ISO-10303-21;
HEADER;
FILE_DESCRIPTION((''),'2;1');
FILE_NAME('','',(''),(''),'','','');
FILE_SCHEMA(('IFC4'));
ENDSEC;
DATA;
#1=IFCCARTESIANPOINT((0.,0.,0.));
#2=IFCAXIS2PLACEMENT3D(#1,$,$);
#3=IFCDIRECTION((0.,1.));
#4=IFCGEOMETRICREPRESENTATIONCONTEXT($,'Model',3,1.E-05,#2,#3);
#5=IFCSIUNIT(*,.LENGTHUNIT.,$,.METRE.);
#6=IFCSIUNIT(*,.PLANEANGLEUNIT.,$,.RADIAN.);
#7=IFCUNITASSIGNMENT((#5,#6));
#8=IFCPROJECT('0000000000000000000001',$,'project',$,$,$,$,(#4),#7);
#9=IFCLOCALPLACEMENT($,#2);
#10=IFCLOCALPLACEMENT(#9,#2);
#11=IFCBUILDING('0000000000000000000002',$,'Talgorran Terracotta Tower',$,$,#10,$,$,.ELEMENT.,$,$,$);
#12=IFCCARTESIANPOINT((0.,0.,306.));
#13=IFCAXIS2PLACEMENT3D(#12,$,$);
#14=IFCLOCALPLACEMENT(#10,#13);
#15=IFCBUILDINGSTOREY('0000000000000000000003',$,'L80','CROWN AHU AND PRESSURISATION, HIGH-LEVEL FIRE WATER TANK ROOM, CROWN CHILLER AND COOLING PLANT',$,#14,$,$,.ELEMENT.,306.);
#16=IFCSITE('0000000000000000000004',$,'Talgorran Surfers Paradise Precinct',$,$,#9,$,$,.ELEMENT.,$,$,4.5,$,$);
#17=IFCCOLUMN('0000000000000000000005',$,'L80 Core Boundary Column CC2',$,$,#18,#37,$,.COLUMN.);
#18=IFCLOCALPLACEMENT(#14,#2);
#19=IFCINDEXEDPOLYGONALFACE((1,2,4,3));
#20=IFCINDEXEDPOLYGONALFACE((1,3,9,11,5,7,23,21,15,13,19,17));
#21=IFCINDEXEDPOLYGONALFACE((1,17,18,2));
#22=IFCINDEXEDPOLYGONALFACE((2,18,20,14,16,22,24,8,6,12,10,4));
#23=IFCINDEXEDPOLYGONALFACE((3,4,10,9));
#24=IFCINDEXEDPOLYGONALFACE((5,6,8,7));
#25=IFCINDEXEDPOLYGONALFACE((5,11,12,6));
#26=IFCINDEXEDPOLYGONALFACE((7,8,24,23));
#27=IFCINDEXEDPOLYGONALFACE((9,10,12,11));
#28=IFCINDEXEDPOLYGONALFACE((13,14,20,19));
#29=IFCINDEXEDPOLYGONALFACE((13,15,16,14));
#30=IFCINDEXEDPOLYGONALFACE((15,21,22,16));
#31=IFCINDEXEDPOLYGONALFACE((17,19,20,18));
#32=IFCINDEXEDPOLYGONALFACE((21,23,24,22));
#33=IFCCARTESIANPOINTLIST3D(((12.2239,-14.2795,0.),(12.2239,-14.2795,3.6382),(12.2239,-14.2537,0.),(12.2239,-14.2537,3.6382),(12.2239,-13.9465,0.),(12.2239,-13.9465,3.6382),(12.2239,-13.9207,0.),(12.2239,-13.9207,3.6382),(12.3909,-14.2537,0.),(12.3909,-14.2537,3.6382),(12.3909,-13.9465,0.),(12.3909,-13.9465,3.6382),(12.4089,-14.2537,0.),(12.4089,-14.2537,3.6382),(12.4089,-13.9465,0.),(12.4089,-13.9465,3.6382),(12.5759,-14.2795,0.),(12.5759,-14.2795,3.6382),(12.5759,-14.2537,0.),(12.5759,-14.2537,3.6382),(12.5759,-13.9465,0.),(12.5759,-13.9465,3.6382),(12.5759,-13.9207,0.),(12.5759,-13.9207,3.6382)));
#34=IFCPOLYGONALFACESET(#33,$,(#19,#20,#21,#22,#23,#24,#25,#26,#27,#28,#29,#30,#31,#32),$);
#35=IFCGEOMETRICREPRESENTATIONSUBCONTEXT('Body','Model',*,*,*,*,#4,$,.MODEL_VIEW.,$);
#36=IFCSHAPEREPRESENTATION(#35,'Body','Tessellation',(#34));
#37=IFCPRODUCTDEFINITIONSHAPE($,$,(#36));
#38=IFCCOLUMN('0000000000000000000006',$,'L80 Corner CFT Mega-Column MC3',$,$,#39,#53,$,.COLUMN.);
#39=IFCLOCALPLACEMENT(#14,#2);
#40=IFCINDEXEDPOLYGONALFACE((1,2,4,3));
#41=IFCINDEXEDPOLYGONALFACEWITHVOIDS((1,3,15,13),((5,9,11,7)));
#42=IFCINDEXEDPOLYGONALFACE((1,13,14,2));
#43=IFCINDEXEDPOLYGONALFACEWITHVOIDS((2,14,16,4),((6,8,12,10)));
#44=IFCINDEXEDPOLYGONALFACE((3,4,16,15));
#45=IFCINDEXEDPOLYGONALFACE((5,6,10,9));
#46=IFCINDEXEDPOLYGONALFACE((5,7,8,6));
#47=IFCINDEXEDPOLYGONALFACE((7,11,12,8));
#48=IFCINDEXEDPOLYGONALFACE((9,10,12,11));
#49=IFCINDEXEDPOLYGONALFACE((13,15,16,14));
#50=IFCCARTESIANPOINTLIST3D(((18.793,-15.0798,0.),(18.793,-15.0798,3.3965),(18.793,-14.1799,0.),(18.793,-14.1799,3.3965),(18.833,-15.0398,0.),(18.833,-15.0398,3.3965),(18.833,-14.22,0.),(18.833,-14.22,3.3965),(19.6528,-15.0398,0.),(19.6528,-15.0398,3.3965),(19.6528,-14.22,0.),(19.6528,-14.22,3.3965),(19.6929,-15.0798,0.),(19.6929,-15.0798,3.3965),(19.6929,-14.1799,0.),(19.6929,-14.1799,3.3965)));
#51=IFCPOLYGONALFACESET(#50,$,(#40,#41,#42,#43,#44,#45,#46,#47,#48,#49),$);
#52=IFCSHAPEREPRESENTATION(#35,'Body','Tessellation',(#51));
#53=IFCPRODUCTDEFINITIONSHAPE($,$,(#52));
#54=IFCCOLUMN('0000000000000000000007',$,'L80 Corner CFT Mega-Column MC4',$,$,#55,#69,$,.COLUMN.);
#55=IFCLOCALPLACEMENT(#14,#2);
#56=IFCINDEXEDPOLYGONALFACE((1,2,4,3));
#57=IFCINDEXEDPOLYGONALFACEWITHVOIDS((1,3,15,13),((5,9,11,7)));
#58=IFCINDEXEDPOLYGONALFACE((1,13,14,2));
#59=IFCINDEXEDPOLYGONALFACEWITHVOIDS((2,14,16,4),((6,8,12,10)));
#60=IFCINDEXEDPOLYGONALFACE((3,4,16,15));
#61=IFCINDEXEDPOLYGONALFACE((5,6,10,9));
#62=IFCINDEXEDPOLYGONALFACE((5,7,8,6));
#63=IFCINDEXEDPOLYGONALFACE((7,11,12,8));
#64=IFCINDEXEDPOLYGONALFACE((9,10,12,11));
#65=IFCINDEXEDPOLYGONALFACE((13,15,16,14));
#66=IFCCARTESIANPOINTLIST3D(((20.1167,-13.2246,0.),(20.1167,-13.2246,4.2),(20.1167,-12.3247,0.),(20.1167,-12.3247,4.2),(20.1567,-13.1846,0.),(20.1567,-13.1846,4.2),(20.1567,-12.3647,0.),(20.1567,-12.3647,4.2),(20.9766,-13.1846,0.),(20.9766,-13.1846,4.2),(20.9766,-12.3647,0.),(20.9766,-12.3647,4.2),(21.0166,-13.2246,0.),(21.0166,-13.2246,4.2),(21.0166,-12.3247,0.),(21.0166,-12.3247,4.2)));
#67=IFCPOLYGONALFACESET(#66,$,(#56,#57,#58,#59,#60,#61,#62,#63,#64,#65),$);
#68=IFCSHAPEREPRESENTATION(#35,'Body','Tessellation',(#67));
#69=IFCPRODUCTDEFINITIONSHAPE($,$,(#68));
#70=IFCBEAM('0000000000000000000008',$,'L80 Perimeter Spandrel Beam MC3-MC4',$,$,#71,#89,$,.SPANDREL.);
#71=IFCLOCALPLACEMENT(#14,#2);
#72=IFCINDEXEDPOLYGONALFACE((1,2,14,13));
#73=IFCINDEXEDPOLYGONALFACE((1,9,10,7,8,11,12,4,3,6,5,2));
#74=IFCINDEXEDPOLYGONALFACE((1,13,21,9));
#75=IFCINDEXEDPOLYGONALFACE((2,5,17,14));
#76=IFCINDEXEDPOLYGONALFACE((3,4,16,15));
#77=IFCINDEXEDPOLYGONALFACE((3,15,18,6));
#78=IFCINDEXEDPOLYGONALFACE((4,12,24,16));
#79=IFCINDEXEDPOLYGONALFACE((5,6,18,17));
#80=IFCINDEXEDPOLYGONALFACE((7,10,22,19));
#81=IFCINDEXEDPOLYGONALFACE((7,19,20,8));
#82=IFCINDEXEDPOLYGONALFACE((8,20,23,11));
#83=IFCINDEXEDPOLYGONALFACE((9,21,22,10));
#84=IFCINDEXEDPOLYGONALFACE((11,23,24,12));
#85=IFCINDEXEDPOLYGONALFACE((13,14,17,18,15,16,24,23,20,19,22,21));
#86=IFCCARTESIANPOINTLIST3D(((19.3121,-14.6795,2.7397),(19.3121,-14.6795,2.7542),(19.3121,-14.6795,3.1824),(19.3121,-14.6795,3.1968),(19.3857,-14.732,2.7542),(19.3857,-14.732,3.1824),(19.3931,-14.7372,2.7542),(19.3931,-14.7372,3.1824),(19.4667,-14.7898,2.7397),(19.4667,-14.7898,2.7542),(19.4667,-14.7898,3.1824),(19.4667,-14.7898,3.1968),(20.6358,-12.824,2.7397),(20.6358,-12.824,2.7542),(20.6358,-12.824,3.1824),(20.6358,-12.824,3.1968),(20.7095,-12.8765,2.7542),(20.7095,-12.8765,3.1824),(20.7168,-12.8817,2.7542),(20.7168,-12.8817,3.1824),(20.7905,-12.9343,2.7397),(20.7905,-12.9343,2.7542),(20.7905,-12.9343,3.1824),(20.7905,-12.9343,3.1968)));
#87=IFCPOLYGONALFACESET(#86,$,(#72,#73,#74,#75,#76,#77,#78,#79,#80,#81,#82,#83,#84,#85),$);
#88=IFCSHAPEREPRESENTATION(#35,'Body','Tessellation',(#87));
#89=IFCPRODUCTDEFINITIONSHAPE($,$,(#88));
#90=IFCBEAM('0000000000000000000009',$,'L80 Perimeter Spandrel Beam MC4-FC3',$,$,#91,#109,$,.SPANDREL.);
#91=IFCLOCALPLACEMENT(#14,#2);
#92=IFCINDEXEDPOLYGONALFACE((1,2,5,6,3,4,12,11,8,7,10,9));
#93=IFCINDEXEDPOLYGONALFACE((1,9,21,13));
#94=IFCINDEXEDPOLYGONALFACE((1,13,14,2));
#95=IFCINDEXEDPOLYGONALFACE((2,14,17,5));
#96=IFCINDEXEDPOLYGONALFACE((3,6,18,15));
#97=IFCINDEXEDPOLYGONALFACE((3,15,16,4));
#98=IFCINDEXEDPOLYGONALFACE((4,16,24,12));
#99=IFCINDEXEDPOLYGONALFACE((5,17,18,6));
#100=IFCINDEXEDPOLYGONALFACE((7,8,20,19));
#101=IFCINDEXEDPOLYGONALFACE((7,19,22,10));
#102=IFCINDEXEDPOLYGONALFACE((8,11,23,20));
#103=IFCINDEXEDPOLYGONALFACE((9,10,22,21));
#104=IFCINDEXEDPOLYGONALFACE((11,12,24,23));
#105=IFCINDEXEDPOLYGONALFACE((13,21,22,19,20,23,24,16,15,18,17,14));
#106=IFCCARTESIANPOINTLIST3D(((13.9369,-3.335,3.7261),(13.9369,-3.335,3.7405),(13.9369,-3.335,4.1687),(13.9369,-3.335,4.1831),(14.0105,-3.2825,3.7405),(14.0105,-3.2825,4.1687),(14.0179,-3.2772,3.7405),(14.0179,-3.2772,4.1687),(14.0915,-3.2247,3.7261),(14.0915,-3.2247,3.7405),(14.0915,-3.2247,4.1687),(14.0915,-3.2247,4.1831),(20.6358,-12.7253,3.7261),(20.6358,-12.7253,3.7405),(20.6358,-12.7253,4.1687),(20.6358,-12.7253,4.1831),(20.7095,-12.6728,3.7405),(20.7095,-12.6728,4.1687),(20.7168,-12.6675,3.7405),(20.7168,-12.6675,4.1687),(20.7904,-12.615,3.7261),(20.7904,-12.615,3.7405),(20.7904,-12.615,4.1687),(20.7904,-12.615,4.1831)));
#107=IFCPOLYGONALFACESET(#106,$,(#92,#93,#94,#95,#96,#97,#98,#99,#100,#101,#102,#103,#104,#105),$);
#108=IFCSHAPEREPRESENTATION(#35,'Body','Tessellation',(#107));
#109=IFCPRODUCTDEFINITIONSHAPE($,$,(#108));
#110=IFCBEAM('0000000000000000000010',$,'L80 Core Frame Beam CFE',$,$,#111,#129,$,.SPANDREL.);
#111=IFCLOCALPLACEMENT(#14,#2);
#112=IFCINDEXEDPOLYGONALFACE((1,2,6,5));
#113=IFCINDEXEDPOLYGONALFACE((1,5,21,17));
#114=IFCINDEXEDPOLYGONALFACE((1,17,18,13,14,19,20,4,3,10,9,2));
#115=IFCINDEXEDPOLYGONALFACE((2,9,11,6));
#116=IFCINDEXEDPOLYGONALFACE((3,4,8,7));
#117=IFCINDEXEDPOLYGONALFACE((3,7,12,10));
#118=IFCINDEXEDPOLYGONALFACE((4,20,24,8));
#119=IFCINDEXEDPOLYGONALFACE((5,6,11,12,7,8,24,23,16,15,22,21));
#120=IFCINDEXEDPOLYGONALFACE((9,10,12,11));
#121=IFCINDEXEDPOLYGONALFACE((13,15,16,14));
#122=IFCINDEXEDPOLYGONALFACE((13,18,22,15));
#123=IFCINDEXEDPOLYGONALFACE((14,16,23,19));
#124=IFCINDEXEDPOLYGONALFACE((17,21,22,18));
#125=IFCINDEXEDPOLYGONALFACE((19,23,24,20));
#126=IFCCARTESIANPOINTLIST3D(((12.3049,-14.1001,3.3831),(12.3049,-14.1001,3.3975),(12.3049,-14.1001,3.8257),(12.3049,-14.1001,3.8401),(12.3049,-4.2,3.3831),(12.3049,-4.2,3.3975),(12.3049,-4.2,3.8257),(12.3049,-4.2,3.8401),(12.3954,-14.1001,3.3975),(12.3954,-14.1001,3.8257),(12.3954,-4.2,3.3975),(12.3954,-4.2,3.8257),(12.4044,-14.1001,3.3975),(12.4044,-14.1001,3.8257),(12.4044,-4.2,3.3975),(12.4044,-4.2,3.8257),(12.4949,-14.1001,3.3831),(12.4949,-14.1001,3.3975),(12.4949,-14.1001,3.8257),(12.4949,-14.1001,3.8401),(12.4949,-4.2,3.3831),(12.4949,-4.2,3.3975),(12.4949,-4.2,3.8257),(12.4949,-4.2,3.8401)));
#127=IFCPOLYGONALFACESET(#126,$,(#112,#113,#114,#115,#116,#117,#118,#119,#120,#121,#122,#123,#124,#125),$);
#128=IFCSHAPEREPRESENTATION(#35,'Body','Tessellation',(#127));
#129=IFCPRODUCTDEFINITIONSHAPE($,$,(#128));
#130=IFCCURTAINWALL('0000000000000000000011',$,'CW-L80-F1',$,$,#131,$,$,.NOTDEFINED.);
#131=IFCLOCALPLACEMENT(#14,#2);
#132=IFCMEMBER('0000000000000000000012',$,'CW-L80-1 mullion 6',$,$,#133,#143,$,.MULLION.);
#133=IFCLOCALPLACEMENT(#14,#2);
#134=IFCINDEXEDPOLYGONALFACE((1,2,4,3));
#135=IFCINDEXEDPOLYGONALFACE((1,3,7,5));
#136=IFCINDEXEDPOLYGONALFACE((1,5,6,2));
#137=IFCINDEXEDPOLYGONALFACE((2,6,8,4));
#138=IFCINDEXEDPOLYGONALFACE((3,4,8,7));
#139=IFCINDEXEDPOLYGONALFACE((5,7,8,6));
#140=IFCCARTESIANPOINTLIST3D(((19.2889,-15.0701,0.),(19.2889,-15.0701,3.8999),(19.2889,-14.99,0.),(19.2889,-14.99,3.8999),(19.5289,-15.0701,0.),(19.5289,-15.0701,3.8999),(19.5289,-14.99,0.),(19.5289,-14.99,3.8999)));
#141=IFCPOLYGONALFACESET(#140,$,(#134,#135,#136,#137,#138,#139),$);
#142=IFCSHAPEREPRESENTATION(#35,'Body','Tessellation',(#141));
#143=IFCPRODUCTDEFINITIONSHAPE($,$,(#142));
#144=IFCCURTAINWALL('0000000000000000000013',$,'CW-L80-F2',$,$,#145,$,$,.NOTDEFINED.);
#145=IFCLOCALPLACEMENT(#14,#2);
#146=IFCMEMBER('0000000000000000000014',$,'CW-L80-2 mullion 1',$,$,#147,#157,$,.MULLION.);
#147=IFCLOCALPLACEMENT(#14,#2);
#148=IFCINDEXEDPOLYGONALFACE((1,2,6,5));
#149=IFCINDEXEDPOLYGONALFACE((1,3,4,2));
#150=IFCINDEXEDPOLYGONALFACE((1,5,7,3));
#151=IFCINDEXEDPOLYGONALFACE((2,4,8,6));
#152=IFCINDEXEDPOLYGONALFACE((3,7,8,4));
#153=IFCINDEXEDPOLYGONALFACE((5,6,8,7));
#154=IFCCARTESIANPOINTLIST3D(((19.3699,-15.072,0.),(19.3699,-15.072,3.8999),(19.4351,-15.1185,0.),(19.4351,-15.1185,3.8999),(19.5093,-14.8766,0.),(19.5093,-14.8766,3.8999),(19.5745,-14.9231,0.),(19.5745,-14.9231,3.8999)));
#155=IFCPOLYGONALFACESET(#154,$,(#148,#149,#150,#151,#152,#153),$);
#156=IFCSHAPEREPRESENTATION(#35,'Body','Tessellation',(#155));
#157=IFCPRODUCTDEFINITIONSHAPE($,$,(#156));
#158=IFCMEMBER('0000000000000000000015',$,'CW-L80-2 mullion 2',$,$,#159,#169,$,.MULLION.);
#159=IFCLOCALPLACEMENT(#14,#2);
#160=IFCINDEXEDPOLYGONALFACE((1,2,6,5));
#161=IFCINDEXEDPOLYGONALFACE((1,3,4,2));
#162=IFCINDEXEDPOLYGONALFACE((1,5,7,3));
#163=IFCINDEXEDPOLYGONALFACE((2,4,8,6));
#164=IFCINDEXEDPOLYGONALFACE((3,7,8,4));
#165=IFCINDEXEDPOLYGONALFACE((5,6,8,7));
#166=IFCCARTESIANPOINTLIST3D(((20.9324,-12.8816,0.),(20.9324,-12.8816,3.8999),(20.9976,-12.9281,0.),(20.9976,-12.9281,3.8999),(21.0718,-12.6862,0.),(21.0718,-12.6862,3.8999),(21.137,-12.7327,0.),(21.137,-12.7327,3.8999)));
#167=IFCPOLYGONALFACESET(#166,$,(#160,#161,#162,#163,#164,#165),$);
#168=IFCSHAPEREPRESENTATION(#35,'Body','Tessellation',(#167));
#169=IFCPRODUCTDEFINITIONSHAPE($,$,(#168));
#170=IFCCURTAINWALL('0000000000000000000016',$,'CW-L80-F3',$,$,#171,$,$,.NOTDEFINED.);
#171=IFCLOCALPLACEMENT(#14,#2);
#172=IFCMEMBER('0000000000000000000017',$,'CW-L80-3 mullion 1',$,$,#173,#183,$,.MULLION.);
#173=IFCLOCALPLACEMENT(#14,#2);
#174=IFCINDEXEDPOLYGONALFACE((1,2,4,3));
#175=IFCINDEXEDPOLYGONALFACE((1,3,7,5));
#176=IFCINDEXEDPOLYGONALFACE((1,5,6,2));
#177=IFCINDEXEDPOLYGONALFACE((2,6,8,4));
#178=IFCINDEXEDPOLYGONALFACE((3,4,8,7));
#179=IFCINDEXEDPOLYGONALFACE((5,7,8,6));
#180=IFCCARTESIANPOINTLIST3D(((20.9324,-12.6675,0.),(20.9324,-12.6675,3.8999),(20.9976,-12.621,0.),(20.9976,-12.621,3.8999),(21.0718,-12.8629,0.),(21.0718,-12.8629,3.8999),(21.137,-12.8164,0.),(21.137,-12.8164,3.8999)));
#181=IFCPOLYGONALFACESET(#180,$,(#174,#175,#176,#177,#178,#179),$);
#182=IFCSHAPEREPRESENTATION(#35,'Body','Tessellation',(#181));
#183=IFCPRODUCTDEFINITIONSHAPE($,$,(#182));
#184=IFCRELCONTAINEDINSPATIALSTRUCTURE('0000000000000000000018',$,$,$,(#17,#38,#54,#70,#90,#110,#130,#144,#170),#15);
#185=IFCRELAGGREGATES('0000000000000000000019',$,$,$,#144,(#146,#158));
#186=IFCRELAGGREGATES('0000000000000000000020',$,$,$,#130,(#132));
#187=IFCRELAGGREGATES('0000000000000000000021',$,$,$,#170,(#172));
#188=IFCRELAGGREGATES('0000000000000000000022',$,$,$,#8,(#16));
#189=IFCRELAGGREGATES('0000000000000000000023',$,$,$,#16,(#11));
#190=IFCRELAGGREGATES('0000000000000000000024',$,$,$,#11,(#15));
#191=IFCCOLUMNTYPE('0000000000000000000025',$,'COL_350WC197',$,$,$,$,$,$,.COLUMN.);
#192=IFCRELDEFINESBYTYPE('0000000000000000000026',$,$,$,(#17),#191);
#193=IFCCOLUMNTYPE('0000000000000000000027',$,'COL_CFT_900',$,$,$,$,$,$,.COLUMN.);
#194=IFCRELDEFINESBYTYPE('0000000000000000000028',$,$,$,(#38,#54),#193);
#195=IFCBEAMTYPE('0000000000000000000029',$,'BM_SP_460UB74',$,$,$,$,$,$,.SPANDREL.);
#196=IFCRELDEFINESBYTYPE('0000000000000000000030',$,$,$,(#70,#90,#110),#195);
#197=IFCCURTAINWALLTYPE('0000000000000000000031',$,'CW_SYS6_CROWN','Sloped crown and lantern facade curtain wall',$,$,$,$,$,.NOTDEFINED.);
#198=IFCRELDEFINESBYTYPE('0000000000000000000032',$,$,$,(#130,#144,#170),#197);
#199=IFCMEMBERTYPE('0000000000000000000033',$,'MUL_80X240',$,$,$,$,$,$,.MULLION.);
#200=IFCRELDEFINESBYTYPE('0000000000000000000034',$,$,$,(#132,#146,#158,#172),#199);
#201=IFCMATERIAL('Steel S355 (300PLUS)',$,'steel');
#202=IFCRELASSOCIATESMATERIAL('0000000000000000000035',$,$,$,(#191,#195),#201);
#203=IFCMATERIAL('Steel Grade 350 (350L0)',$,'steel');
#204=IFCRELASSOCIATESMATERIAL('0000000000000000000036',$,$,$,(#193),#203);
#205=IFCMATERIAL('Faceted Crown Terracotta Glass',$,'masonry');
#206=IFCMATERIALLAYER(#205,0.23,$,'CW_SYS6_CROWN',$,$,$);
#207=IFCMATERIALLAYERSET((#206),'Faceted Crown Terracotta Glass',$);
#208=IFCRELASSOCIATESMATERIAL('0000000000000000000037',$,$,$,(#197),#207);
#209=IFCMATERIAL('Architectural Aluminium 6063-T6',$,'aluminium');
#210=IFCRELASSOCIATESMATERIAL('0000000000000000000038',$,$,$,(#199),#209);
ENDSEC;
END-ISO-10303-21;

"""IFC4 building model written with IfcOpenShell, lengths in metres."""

from ifc_helpers import new_model, si_unit, direction, frame, origin, origin_2d, place, context, subcontext, project, spatial, rectangle, hollow_rectangle, i_section, extrude, material, layer, layer_set, material_profile, profile_set, type_object, element, aggregate, save


model = new_model("IFC4")

# Units and contexts
model_context = context("Model", 3, precision=1e-05, world=origin(), true_north=direction((0.0, 1.0)))
body_context = subcontext(model_context, "Body", "Model", "MODEL_VIEW")
ifc_project = project(units=[si_unit("LENGTHUNIT", "METRE"), si_unit("PLANEANGLEUNIT", "RADIAN")], contexts=[model_context])

# Site, building, storey
site_placement = place(None, origin())
site = spatial("IfcSite", under=ifc_project, at=site_placement, Name="Talgorran Surfers Paradise Precinct", CompositionType="ELEMENT", RefElevation=4.5)
building_placement = place(site_placement, origin())
building = spatial("IfcBuilding", under=site, at=building_placement, Name="Talgorran Terracotta Tower", CompositionType="ELEMENT")
storey_placement = place(building_placement, frame((0.0, 0.0, 306.0)))
storey = spatial("IfcBuildingStorey", under=building, at=storey_placement, Name="L80", Description="CROWN AHU AND PRESSURISATION, HIGH-LEVEL FIRE WATER TANK ROOM, CROWN CHILLER AND COOLING PLANT", CompositionType="ELEMENT", Elevation=306.0)

# Columns
ifc_material_1 = material(Name="Steel S355 (300PLUS)", Category="steel")
ifc_material_profile_1 = material_profile(ifc_material_1, i_section(OverallWidth=0.3521, OverallDepth=0.3589, WebThickness=0.0181, FlangeThickness=0.0259, at=origin_2d()), Name="350WC197")
ifc_profile_set_1 = profile_set([ifc_material_profile_1], Name="Steel S355 (300PLUS)")
column_type_1 = type_object("IfcColumnType", Name="COL_350WC197", PredefinedType="COLUMN", material=ifc_profile_set_1)
column_1_placement = place(storey_placement, frame((12.3999, -14.1001, 0.0), z_axis=(0.0, 0.0, 1.0), x_axis=(1.0, 0.0, 0.0)))
element("IfcColumn", 1, at=column_1_placement, inside=storey, type_object=column_type_1, Name="L80 Core Boundary Column CC2", PredefinedType="COLUMN", context=body_context, shape_type="SweptSolid", body=[
    extrude(i_section(OverallWidth=0.3521, OverallDepth=0.3589, WebThickness=0.0181, FlangeThickness=0.0259, at=origin_2d()), origin(), (0.0, 0.0, 1.0), 3.6382),
])
ifc_material_2 = material(Name="Steel Grade 350 (350L0)", Category="steel")
ifc_material_profile_2 = material_profile(ifc_material_2, hollow_rectangle(XDim=0.8999, YDim=0.8999, WallThickness=0.04, at=origin_2d()), Name="CFT900X900X40")
ifc_profile_set_2 = profile_set([ifc_material_profile_2], Name="Steel Grade 350 (350L0)")
column_type_2 = type_object("IfcColumnType", Name="COL_CFT_900", PredefinedType="COLUMN", material=ifc_profile_set_2)
column_2_placement = place(storey_placement, frame((19.2429, -14.6299, 0.0), z_axis=(0.0, 0.0, 1.0), x_axis=(1.0, 0.0, 0.0)))
element("IfcColumn", 2, at=column_2_placement, inside=storey, type_object=column_type_2, Name="L80 Corner CFT Mega-Column MC3", PredefinedType="COLUMN", context=body_context, shape_type="SweptSolid", body=[
    extrude(hollow_rectangle(XDim=0.8999, YDim=0.8999, WallThickness=0.04, at=origin_2d()), origin(), (0.0, 0.0, 1.0), 3.3965),
])
column_3_placement = place(storey_placement, frame((20.5667, -12.7747, 0.0), z_axis=(0.0, 0.0, 1.0), x_axis=(1.0, 0.0, 0.0)))
element("IfcColumn", 3, at=column_3_placement, inside=storey, type_object=column_type_2, Name="L80 Corner CFT Mega-Column MC4", PredefinedType="COLUMN", context=body_context, shape_type="SweptSolid", body=[
    extrude(hollow_rectangle(XDim=0.8999, YDim=0.8999, WallThickness=0.04, at=origin_2d()), origin(), (0.0, 0.0, 1.0), 4.2),
])

# Beams
ifc_material_profile_3 = material_profile(ifc_material_1, i_section(OverallWidth=0.1899, OverallDepth=0.457, WebThickness=0.009, FlangeThickness=0.0144, at=origin_2d()), Name="460UB74.6")
ifc_profile_set_3 = profile_set([ifc_material_profile_3], Name="Steel S355 (300PLUS)")
beam_type = type_object("IfcBeamType", Name="BM_SP_460UB74", PredefinedType="SPANDREL", material=ifc_profile_set_3)
beam_1_placement = place(storey_placement, frame((19.3894, -14.7346, 2.9683), z_axis=(0.580772, 0.814066, 0.0), x_axis=(-0.814066, 0.580772, 0.0)))
element("IfcBeam", 4, at=beam_1_placement, inside=storey, type_object=beam_type, Name="L80 Perimeter Spandrel Beam MC3-MC4", PredefinedType="SPANDREL", context=body_context, shape_type="SweptSolid", body=[
    extrude(i_section(OverallWidth=0.1899, OverallDepth=0.457, WebThickness=0.009, FlangeThickness=0.0144, at=origin_2d()), origin(), (0.0, 0.0, 1.0), 2.2793),
])
beam_2_placement = place(storey_placement, frame((20.7131, -12.6702, 3.9546), z_axis=(-0.580754, 0.814079, 0.0), x_axis=(-0.814079, -0.580754, 0.0)))
element("IfcBeam", 5, at=beam_2_placement, inside=storey, type_object=beam_type, Name="L80 Perimeter Spandrel Beam MC4-FC3", PredefinedType="SPANDREL", context=body_context, shape_type="SweptSolid", body=[
    extrude(i_section(OverallWidth=0.1899, OverallDepth=0.457, WebThickness=0.009, FlangeThickness=0.0144, at=origin_2d()), origin(), (0.0, 0.0, 1.0), 11.5349),
])
beam_3_placement = place(storey_placement, frame((12.3999, -14.1001, 3.6116), z_axis=(0.0, 1.0, 0.0), x_axis=(-1.0, 0.0, 0.0)))
element("IfcBeam", 6, at=beam_3_placement, inside=storey, type_object=beam_type, Name="L80 Core Frame Beam CFE", PredefinedType="SPANDREL", context=body_context, shape_type="SweptSolid", body=[
    extrude(i_section(OverallWidth=0.1899, OverallDepth=0.457, WebThickness=0.009, FlangeThickness=0.0144, at=origin_2d()), origin(), (0.0, 0.0, 1.0), 9.9001),
])

# Curtain wall, member
ifc_material_3 = material(Name="Faceted Crown Terracotta Glass", Category="masonry")
ifc_layer_1 = layer(ifc_material_3, 0.23, Name="CW_SYS6_CROWN")
ifc_layer_set_1 = layer_set([ifc_layer_1], Name="Faceted Crown Terracotta Glass")
curtain_wall_type = type_object("IfcCurtainWallType", Name="CW_SYS6_CROWN", Description="Sloped crown and lantern facade curtain wall", PredefinedType="NOTDEFINED", material=ifc_layer_set_1)
curtain_wall_1_placement = place(storey_placement, origin())
curtain_wall_1 = element("IfcCurtainWall", 7, at=curtain_wall_1_placement, inside=storey, type_object=curtain_wall_type, Name="CW-L80-F1", PredefinedType="NOTDEFINED")
ifc_material_4 = material(Name="Architectural Aluminium 6063-T6", Category="aluminium")
ifc_material_profile_4 = material_profile(ifc_material_4, rectangle(XDim=0.0801, YDim=0.24, at=origin_2d()), Name="CWM80X240")
ifc_profile_set_4 = profile_set([ifc_material_profile_4], Name="Architectural Aluminium 6063-T6")
member_type_1 = type_object("IfcMemberType", Name="MUL_80X240", PredefinedType="MULLION", material=ifc_profile_set_4)
member_1_placement = place(storey_placement, frame((19.4089, -15.03, 0.0), z_axis=(0.0, 0.0, 1.0), x_axis=(0.0, 1.0, 0.0)))
member_1 = element("IfcMember", 8, at=member_1_placement, type_object=member_type_1, Name="CW-L80-1 mullion 6", PredefinedType="MULLION", context=body_context, shape_type="SweptSolid", body=[
    extrude(rectangle(XDim=0.0801, YDim=0.24, at=origin_2d()), origin(), (0.0, 0.0, 1.0), 3.8999),
])

# Curtain wall, members
curtain_wall_2_placement = place(storey_placement, origin())
curtain_wall_2 = element("IfcCurtainWall", 9, at=curtain_wall_2_placement, inside=storey, type_object=curtain_wall_type, Name="CW-L80-F2", PredefinedType="NOTDEFINED")
member_2_placement = place(storey_placement, frame((19.4722, -14.9976, 0.0), z_axis=(0.0, 0.0, 1.0), x_axis=(-0.814075, 0.58076, 0.0)))
member_2 = element("IfcMember", 10, at=member_2_placement, type_object=member_type_1, Name="CW-L80-2 mullion 1", PredefinedType="MULLION", context=body_context, shape_type="SweptSolid", body=[
    extrude(rectangle(XDim=0.0801, YDim=0.24, at=origin_2d()), origin(), (0.0, 0.0, 1.0), 3.8999),
])
member_3_placement = place(storey_placement, frame((21.0347, -12.8071, 0.0), z_axis=(0.0, 0.0, 1.0), x_axis=(-0.814075, 0.58076, 0.0)))
member_3 = element("IfcMember", 11, at=member_3_placement, type_object=member_type_1, Name="CW-L80-2 mullion 2", PredefinedType="MULLION", context=body_context, shape_type="SweptSolid", body=[
    extrude(rectangle(XDim=0.0801, YDim=0.24, at=origin_2d()), origin(), (0.0, 0.0, 1.0), 3.8999),
])

# Curtain wall, member
curtain_wall_3_placement = place(storey_placement, origin())
curtain_wall_3 = element("IfcCurtainWall", 12, at=curtain_wall_3_placement, inside=storey, type_object=curtain_wall_type, Name="CW-L80-F3", PredefinedType="NOTDEFINED")
member_4_placement = place(storey_placement, frame((21.0347, -12.7419, 0.0), z_axis=(0.0, 0.0, 1.0), x_axis=(-0.814076, -0.580758, 0.0)))
member_4 = element("IfcMember", 13, at=member_4_placement, type_object=member_type_1, Name="CW-L80-3 mullion 1", PredefinedType="MULLION", context=body_context, shape_type="SweptSolid", body=[
    extrude(rectangle(XDim=0.0801, YDim=0.24, at=origin_2d()), origin(), (0.0, 0.0, 1.0), 3.8999),
])

aggregate(curtain_wall_2, [member_2, member_3])
aggregate(curtain_wall_1, [member_1])
aggregate(curtain_wall_3, [member_4])

save(model, "model.ifc")
